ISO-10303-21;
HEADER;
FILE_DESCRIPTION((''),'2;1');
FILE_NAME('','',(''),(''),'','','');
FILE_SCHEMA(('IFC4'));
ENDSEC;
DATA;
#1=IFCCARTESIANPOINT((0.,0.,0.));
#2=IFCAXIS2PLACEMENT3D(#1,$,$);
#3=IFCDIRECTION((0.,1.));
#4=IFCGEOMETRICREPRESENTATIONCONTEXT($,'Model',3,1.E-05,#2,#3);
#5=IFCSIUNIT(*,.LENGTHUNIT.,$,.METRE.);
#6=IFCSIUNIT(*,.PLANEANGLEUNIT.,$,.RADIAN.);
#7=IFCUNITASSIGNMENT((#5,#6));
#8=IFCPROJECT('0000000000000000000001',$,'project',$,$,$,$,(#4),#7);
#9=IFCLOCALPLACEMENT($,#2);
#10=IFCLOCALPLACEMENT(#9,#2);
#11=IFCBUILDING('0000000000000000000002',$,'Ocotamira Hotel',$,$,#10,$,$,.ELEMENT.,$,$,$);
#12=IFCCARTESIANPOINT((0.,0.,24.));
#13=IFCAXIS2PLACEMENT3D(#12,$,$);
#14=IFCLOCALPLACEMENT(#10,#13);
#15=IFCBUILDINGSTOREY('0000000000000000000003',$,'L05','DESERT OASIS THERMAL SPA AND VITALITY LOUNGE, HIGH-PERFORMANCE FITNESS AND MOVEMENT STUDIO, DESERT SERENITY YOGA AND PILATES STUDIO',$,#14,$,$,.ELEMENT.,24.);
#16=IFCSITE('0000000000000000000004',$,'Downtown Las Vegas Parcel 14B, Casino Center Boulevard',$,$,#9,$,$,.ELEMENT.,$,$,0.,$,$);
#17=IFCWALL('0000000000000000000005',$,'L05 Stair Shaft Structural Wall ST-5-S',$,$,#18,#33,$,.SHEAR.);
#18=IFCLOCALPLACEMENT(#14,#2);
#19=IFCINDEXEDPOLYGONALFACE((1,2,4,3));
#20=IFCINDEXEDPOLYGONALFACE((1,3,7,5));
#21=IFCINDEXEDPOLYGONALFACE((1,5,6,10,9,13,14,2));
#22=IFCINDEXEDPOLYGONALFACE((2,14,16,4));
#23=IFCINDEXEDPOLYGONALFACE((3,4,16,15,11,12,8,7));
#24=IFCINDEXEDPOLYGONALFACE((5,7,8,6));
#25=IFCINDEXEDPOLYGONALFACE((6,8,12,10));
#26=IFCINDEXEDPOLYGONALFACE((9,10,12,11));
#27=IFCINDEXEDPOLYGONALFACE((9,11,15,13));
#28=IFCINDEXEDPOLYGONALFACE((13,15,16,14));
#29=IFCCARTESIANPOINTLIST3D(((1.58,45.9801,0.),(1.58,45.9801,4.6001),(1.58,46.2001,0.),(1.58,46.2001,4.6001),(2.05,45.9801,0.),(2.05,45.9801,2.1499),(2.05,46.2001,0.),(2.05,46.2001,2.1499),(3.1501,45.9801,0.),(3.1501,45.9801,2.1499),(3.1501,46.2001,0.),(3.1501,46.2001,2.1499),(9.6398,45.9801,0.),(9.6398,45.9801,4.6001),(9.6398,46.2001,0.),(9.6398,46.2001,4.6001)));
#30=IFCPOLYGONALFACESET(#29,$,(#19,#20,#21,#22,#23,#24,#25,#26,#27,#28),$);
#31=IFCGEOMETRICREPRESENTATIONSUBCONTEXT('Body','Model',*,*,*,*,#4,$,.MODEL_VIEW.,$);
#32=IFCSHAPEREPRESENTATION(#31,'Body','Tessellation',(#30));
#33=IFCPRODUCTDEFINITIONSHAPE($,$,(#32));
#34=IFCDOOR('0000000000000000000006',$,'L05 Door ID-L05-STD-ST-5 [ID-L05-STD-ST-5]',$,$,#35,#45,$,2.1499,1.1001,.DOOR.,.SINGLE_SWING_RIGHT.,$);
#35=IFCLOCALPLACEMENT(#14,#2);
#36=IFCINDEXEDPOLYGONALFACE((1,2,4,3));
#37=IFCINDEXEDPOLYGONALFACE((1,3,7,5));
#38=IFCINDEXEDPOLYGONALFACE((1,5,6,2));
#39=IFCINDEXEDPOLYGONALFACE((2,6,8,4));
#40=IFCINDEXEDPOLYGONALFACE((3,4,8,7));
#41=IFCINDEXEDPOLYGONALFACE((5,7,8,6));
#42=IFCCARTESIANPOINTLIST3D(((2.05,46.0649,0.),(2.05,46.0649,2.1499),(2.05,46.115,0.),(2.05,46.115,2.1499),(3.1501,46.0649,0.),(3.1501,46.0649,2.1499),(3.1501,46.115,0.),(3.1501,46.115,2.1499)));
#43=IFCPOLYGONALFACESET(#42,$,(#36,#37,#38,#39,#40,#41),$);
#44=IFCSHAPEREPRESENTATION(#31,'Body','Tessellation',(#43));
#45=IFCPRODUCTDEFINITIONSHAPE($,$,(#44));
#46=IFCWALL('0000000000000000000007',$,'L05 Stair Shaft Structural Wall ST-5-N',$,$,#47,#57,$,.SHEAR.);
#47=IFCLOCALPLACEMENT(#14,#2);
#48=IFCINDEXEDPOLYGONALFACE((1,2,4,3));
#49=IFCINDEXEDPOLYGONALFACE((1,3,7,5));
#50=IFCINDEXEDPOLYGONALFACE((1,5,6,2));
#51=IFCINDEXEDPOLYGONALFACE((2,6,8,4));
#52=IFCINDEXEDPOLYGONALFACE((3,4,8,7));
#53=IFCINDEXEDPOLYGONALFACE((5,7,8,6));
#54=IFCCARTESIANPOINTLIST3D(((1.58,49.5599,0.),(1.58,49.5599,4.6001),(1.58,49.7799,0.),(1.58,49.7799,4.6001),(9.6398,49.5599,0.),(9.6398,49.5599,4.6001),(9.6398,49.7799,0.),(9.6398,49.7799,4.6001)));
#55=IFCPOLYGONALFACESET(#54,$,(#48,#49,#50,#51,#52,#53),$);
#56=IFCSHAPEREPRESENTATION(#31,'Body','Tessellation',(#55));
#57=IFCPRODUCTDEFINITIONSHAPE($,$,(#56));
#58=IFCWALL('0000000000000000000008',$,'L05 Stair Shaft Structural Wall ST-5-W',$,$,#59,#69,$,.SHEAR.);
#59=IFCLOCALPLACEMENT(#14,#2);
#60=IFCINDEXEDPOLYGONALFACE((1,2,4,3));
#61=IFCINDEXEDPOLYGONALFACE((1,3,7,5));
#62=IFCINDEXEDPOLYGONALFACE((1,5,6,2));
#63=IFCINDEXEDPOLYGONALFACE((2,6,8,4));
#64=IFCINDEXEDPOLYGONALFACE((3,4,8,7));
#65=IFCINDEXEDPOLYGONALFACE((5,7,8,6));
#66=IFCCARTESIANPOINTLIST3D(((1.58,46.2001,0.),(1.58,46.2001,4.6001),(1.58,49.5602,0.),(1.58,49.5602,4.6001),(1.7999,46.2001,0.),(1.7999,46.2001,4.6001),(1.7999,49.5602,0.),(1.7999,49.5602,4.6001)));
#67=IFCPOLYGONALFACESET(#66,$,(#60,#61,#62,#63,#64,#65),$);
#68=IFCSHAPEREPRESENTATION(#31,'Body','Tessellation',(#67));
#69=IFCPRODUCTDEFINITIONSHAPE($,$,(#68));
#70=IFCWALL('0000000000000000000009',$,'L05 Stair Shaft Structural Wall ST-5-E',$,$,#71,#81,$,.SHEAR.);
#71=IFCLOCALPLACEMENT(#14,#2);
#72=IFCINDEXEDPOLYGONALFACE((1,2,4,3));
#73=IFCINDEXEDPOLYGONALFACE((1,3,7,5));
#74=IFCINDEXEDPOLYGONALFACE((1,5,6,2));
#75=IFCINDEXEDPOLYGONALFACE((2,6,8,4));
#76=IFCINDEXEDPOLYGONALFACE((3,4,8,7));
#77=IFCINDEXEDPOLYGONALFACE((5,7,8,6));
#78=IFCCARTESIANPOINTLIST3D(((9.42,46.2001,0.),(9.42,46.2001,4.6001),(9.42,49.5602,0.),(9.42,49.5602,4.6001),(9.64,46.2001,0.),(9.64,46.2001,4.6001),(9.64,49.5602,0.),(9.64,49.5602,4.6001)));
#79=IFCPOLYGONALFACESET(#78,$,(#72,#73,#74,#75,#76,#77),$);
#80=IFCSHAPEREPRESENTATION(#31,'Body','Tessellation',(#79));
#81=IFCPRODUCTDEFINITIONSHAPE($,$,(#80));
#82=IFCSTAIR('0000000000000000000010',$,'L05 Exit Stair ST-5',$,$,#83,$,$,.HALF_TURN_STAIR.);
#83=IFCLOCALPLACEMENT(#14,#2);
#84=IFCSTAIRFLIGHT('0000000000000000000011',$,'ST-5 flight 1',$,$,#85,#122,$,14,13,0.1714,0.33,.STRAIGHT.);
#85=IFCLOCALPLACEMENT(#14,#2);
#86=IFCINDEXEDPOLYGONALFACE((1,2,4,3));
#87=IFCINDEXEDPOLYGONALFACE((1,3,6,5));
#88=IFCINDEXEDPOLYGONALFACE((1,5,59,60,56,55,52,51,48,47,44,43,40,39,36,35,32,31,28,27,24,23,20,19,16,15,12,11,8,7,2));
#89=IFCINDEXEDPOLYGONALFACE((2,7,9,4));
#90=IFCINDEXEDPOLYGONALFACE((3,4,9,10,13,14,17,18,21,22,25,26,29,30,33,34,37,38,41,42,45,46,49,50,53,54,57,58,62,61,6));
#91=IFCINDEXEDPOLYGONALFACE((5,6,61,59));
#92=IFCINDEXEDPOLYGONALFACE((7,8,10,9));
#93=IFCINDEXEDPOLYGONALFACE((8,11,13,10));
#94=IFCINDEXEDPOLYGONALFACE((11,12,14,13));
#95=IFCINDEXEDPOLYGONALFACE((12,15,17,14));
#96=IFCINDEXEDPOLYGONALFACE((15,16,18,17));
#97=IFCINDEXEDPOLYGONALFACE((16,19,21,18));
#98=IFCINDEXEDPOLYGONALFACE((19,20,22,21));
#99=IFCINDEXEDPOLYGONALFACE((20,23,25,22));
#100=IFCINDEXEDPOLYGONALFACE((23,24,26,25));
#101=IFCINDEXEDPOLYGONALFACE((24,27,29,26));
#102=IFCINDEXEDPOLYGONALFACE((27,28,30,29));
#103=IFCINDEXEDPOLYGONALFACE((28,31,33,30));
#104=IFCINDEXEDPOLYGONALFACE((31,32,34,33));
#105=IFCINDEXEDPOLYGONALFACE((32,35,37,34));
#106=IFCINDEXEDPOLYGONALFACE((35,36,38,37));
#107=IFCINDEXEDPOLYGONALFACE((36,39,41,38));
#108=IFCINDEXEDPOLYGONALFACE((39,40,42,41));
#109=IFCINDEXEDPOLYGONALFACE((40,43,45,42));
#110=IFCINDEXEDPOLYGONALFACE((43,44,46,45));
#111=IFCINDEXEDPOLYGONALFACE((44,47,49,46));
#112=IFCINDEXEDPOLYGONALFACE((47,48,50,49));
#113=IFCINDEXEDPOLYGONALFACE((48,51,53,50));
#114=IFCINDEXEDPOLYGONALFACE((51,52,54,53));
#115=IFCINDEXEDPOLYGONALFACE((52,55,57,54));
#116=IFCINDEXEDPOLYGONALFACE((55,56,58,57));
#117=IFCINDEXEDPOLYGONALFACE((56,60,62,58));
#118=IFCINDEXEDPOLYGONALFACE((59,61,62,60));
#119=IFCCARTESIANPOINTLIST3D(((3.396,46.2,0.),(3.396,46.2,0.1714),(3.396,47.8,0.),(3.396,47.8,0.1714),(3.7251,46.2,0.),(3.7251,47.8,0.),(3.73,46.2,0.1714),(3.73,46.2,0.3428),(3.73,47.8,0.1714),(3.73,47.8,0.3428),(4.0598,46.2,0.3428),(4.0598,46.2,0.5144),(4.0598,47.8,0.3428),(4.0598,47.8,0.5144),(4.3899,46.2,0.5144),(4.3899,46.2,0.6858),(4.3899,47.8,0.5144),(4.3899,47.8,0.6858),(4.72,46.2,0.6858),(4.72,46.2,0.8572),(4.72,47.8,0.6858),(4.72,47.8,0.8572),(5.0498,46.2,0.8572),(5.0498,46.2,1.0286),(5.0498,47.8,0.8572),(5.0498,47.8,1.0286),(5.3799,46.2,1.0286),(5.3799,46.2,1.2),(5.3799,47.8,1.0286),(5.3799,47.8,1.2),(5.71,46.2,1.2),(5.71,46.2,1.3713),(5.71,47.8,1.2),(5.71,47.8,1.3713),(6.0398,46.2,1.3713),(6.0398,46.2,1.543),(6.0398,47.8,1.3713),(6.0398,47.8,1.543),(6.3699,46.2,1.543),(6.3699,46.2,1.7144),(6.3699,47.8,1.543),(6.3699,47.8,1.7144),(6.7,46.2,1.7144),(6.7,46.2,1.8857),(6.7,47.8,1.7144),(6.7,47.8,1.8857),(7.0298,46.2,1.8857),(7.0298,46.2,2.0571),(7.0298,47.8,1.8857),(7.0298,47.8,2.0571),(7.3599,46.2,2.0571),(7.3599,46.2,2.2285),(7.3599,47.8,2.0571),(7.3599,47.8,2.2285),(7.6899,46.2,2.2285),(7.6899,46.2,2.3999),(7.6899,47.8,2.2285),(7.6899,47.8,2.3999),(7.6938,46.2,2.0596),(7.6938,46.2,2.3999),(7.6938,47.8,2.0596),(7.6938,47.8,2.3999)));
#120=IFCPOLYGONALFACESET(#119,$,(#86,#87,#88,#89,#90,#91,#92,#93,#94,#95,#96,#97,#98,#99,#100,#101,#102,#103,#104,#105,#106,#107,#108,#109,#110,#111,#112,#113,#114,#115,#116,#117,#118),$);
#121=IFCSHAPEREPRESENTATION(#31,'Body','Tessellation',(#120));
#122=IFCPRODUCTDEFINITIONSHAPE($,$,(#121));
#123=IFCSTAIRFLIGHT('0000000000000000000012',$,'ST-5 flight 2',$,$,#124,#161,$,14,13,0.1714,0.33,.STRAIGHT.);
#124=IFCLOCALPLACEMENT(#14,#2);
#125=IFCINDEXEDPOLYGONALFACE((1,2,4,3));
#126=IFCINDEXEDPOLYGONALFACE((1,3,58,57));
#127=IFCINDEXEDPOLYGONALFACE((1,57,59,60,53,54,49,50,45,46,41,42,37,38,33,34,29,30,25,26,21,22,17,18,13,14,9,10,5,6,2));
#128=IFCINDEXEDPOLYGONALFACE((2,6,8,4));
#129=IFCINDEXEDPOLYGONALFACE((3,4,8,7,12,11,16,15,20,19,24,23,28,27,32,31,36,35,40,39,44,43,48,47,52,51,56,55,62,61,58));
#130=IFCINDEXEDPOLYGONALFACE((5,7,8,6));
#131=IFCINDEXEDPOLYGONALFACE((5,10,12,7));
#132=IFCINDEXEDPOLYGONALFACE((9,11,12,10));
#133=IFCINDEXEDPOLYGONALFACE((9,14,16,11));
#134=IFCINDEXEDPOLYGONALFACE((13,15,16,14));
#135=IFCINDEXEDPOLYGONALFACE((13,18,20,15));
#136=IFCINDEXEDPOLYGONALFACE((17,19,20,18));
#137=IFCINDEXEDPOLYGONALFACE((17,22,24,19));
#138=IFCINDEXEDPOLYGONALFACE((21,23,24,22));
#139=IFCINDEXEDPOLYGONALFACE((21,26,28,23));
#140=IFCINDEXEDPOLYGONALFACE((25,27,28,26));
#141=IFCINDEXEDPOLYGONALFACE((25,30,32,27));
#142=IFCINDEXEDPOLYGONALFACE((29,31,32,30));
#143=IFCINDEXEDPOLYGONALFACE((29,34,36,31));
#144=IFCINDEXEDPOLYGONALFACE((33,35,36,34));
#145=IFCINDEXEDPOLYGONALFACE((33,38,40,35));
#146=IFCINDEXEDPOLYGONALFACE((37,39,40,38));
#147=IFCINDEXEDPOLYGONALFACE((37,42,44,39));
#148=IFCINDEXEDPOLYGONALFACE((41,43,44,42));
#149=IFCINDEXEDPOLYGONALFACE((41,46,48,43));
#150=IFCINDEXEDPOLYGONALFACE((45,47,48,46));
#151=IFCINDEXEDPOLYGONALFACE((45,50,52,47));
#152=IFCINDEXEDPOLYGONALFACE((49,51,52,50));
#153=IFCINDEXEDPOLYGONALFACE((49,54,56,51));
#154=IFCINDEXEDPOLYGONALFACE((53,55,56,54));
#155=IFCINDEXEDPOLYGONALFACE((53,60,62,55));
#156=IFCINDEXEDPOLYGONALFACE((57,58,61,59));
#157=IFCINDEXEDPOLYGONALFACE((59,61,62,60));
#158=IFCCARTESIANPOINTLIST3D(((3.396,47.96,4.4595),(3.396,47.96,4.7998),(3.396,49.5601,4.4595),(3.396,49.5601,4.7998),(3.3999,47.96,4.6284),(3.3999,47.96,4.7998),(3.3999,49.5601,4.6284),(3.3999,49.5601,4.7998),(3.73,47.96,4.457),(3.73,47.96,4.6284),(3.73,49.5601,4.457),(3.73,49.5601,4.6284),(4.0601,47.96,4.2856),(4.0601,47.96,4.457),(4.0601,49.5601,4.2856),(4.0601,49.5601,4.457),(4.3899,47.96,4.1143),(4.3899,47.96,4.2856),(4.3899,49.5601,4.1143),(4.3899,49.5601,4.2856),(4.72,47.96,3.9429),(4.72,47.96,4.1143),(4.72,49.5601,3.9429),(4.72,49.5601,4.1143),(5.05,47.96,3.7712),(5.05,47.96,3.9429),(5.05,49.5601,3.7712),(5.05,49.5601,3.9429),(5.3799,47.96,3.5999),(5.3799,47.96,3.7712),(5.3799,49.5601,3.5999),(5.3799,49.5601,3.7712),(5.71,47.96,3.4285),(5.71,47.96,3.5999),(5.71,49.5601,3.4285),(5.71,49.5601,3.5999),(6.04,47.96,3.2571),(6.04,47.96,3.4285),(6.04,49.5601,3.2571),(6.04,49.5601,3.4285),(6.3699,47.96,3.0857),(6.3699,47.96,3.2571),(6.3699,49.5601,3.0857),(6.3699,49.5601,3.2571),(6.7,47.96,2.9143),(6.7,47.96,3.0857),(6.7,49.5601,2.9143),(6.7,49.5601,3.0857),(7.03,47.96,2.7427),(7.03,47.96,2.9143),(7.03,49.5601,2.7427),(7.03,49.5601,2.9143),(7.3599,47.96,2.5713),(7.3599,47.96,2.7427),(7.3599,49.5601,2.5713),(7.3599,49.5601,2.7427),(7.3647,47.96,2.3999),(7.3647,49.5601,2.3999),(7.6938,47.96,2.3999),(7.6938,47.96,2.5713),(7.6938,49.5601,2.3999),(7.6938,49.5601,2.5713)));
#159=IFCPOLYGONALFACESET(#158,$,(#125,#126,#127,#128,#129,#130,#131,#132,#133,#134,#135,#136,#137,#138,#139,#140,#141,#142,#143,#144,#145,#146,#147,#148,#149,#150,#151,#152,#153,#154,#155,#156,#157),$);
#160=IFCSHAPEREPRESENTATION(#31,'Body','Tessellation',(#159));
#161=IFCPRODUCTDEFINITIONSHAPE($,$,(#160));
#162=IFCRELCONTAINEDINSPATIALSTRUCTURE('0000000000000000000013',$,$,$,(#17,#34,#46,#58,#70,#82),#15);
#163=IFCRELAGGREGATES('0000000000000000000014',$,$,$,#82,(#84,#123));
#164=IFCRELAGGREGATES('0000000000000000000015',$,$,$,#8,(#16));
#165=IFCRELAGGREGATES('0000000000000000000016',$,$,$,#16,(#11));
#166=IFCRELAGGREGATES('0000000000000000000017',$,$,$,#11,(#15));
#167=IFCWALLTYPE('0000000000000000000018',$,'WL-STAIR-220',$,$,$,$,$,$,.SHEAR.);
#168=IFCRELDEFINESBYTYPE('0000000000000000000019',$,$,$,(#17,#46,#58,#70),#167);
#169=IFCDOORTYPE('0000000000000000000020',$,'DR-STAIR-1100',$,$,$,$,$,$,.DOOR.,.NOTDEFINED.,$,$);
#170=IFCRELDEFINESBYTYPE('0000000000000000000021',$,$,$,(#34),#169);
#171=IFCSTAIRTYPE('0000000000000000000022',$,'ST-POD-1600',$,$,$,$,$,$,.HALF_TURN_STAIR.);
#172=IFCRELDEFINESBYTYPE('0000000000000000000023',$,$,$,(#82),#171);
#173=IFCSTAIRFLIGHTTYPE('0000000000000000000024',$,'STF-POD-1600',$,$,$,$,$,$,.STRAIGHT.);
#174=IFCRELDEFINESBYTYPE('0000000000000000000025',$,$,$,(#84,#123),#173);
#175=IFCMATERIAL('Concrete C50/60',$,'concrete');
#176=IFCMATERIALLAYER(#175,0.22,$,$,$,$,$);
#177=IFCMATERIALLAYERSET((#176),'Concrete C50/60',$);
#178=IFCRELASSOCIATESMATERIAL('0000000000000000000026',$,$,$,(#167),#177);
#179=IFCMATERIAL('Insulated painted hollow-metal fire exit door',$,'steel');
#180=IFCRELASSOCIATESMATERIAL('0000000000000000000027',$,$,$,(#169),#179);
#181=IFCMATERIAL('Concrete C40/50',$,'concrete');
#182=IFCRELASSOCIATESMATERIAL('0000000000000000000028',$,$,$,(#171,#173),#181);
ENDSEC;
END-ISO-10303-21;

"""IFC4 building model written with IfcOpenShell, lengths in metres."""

from ifc_helpers import new_model, si_unit, direction, frame, frame_2d, origin, place, context, subcontext, project, spatial, polyline, rectangle, outline, extrude, source, transform, mapped, material, layer, layer_set, type_object, element, fill, aggregate, save


model = new_model("IFC4")

# Units and contexts
model_context = context("Model", 3, precision=1e-05, world=origin(), true_north=direction((0.0, 1.0)))
body_context = subcontext(model_context, "Body", "Model", "MODEL_VIEW")
ifc_project = project(units=[si_unit("LENGTHUNIT", "METRE"), si_unit("PLANEANGLEUNIT", "RADIAN")], contexts=[model_context])

# Site, building, storey
site_placement = place(None, origin())
site = spatial("IfcSite", under=ifc_project, at=site_placement, Name="Downtown Las Vegas Parcel 14B, Casino Center Boulevard", CompositionType="ELEMENT", RefElevation=0.0)
building_placement = place(site_placement, origin())
building = spatial("IfcBuilding", under=site, at=building_placement, Name="Ocotamira Hotel", CompositionType="ELEMENT")
storey_placement = place(building_placement, frame((0.0, 0.0, 24.0)))
storey = spatial("IfcBuildingStorey", under=building, at=storey_placement, Name="L05", Description="DESERT OASIS THERMAL SPA AND VITALITY LOUNGE, HIGH-PERFORMANCE FITNESS AND MOVEMENT STUDIO, DESERT SERENITY YOGA AND PILATES STUDIO", CompositionType="ELEMENT", Elevation=24.0)

# Shared definitions
ifc_material_1 = material(Name="Concrete C50/60", Category="concrete")

# Wall, opening, door
ifc_layer_1 = layer(ifc_material_1, 0.22)
ifc_layer_set_1 = layer_set([ifc_layer_1], Name="Concrete C50/60")
wall_type_1 = type_object("IfcWallType", Name="WL-STAIR-220", PredefinedType="SHEAR", material=ifc_layer_set_1)
wall_1_placement = place(storey_placement, frame((1.5801, 46.0901, 0.0), z_axis=(0.0, 0.0, 1.0), x_axis=(1.0, 0.0, 0.0)))
wall_1 = element("IfcWall", 1, at=wall_1_placement, inside=storey, type_object=wall_type_1, Name="L05 Stair Shaft Structural Wall ST-5-S", PredefinedType="SHEAR", context=body_context, shape_type="SweptSolid", body=[
    extrude(rectangle(XDim=8.0598, YDim=0.22, at=frame_2d((4.0298, 0.0))), origin(), (0.0, 0.0, 1.0), 4.6001),
])
opening_1_placement = place(wall_1_placement, frame((0.47, 0.0, 0.0)))
opening_1 = element("IfcOpeningElement", 2, at=opening_1_placement, cuts=wall_1, PredefinedType="OPENING", context=body_context, shape_type="SweptSolid", body=[
    extrude(rectangle(XDim=1.1001, YDim=2.1499, at=frame_2d((0.55, 1.075))), frame((0.0, 0.1201, 0.0), z_axis=(0.0, -1.0, 0.0), x_axis=(1.0, 0.0, 0.0)), (0.0, 0.0, 1.0), 0.24),
])
ifc_material_2 = material(Name="Insulated painted hollow-metal fire exit door", Category="steel")
door_type_1 = type_object("IfcDoorType", Name="DR-STAIR-1100", OperationType="NOTDEFINED", PredefinedType="DOOR", material=ifc_material_2)
shared_shape_1 = source(origin(), body_context, "Body", "SweptSolid", [
    extrude(rectangle(XDim=1.1001, YDim=2.1499, at=frame_2d((0.55, 1.075))), frame((0.0, 0.0249, 0.0), z_axis=(0.0, -1.0, 0.0), x_axis=(1.0, 0.0, 0.0)), (0.0, 0.0, 1.0), 0.05),
])
door_1_placement = place(opening_1_placement, origin())
door_1 = element("IfcDoor", 3, at=door_1_placement, inside=storey, type_object=door_type_1, Name="L05 Door ID-L05-STD-ST-5 [ID-L05-STD-ST-5]", OperationType="SINGLE_SWING_RIGHT", OverallHeight=2.1499, OverallWidth=1.1001, PredefinedType="DOOR", context=body_context, shape_type="MappedRepresentation", body=[
    mapped(shared_shape_1, transform((0.0, 0.0, 0.0), scale=1.0)),
])
fill(opening_1, door_1)

# Walls
wall_2_placement = place(storey_placement, frame((1.5801, 49.6699, 0.0), z_axis=(0.0, 0.0, 1.0), x_axis=(1.0, 0.0, 0.0)))
element("IfcWall", 4, at=wall_2_placement, inside=storey, type_object=wall_type_1, Name="L05 Stair Shaft Structural Wall ST-5-N", PredefinedType="SHEAR", context=body_context, shape_type="SweptSolid", body=[
    extrude(rectangle(XDim=8.0598, YDim=0.22, at=frame_2d((4.0298, 0.0))), origin(), (0.0, 0.0, 1.0), 4.6001),
])
for number, where, z_axis, x_axis, name in (
    (5, (1.6899, 46.2, 0.0), (0.0, 0.0, 1.0), (0.0, 1.0, 0.0), "L05 Stair Shaft Structural Wall ST-5-W"),
    (6, (9.53, 46.2, 0.0), (0.0, 0.0, 1.0), (0.0, 1.0, 0.0), "L05 Stair Shaft Structural Wall ST-5-E"),
):
    element("IfcWall", number, at=place(storey_placement, frame(where, z_axis=z_axis, x_axis=x_axis)), inside=storey, type_object=wall_type_1, Name=name, PredefinedType="SHEAR", context=body_context, shape_type="SweptSolid", body=[
        extrude(rectangle(XDim=3.3601, YDim=0.22, at=frame_2d((1.6802, 0.0))), origin(), (0.0, 0.0, 1.0), 4.6001),
    ])

# Stair, stair flights
ifc_material_3 = material(Name="Concrete C40/50", Category="concrete")
stair_type = type_object("IfcStairType", Name="ST-POD-1600", PredefinedType="HALF_TURN_STAIR", material=ifc_material_3)
stair_placement = place(storey_placement, origin())
stair = element("IfcStair", 7, at=stair_placement, inside=storey, type_object=stair_type, Name="L05 Exit Stair ST-5", PredefinedType="HALF_TURN_STAIR")
stair_flight_type = type_object("IfcStairFlightType", Name="STF-POD-1600", PredefinedType="STRAIGHT", material=ifc_material_3)
shared_shape_2 = source(origin(), body_context, "Body", "SweptSolid", [
    extrude(outline(polyline([(-0.0039, 0.0), (-0.0039, 0.1714), (0.3301, 0.1714), (0.3301, 0.3428), (0.6599, 0.3428), (0.6599, 0.5144), (0.99, 0.5144), (0.99, 0.6858), (1.3201, 0.6858), (1.3201, 0.8572), (1.6499, 0.8572), (1.6499, 1.0286), (1.98, 1.0286), (1.98, 1.2), (2.3101, 1.2), (2.3101, 1.3713), (2.6399, 1.3713), (2.6399, 1.543), (2.97, 1.543), (2.97, 1.7144), (3.3, 1.7144), (3.3, 1.8857), (3.6299, 1.8857), (3.6299, 2.0571), (3.96, 2.0571), (3.96, 2.2285), (4.29, 2.2285), (4.29, 2.3999), (4.2939, 2.3999), (4.2939, 2.0596), (0.3252, 0.0), (-0.0039, 0.0)])), frame((0.0, 0.8, 0.0), z_axis=(0.0, -1.0, 0.0), x_axis=(1.0, 0.0, 0.0)), (0.0, 0.0, 1.0), 1.6001),
])
stair_flight_1_placement = place(storey_placement, frame((3.3999, 47.0, 0.0), z_axis=(0.0, 0.0, 1.0), x_axis=(1.0, 0.0, 0.0)))
stair_flight_1 = element("IfcStairFlight", 8, at=stair_flight_1_placement, type_object=stair_flight_type, Name="ST-5 flight 1", NumberOfRisers=14, NumberOfTreads=13, PredefinedType="STRAIGHT", RiserHeight=0.1714, TreadLength=0.33, context=body_context, shape_type="MappedRepresentation", body=[
    mapped(shared_shape_2, transform((0.0, 0.0, 0.0), scale=1.0)),
])
stair_flight_2_placement = place(storey_placement, frame((7.6899, 48.76, 2.3999), z_axis=(0.0, 0.0, 1.0), x_axis=(-1.0, 0.0, 0.0)))
stair_flight_2 = element("IfcStairFlight", 9, at=stair_flight_2_placement, type_object=stair_flight_type, Name="ST-5 flight 2", NumberOfRisers=14, NumberOfTreads=13, PredefinedType="STRAIGHT", RiserHeight=0.1714, TreadLength=0.33, context=body_context, shape_type="MappedRepresentation", body=[
    mapped(shared_shape_2, transform((0.0, 0.0, 0.0), scale=1.0)),
])
aggregate(stair, [stair_flight_1, stair_flight_2])

save(model, "model.ifc")
